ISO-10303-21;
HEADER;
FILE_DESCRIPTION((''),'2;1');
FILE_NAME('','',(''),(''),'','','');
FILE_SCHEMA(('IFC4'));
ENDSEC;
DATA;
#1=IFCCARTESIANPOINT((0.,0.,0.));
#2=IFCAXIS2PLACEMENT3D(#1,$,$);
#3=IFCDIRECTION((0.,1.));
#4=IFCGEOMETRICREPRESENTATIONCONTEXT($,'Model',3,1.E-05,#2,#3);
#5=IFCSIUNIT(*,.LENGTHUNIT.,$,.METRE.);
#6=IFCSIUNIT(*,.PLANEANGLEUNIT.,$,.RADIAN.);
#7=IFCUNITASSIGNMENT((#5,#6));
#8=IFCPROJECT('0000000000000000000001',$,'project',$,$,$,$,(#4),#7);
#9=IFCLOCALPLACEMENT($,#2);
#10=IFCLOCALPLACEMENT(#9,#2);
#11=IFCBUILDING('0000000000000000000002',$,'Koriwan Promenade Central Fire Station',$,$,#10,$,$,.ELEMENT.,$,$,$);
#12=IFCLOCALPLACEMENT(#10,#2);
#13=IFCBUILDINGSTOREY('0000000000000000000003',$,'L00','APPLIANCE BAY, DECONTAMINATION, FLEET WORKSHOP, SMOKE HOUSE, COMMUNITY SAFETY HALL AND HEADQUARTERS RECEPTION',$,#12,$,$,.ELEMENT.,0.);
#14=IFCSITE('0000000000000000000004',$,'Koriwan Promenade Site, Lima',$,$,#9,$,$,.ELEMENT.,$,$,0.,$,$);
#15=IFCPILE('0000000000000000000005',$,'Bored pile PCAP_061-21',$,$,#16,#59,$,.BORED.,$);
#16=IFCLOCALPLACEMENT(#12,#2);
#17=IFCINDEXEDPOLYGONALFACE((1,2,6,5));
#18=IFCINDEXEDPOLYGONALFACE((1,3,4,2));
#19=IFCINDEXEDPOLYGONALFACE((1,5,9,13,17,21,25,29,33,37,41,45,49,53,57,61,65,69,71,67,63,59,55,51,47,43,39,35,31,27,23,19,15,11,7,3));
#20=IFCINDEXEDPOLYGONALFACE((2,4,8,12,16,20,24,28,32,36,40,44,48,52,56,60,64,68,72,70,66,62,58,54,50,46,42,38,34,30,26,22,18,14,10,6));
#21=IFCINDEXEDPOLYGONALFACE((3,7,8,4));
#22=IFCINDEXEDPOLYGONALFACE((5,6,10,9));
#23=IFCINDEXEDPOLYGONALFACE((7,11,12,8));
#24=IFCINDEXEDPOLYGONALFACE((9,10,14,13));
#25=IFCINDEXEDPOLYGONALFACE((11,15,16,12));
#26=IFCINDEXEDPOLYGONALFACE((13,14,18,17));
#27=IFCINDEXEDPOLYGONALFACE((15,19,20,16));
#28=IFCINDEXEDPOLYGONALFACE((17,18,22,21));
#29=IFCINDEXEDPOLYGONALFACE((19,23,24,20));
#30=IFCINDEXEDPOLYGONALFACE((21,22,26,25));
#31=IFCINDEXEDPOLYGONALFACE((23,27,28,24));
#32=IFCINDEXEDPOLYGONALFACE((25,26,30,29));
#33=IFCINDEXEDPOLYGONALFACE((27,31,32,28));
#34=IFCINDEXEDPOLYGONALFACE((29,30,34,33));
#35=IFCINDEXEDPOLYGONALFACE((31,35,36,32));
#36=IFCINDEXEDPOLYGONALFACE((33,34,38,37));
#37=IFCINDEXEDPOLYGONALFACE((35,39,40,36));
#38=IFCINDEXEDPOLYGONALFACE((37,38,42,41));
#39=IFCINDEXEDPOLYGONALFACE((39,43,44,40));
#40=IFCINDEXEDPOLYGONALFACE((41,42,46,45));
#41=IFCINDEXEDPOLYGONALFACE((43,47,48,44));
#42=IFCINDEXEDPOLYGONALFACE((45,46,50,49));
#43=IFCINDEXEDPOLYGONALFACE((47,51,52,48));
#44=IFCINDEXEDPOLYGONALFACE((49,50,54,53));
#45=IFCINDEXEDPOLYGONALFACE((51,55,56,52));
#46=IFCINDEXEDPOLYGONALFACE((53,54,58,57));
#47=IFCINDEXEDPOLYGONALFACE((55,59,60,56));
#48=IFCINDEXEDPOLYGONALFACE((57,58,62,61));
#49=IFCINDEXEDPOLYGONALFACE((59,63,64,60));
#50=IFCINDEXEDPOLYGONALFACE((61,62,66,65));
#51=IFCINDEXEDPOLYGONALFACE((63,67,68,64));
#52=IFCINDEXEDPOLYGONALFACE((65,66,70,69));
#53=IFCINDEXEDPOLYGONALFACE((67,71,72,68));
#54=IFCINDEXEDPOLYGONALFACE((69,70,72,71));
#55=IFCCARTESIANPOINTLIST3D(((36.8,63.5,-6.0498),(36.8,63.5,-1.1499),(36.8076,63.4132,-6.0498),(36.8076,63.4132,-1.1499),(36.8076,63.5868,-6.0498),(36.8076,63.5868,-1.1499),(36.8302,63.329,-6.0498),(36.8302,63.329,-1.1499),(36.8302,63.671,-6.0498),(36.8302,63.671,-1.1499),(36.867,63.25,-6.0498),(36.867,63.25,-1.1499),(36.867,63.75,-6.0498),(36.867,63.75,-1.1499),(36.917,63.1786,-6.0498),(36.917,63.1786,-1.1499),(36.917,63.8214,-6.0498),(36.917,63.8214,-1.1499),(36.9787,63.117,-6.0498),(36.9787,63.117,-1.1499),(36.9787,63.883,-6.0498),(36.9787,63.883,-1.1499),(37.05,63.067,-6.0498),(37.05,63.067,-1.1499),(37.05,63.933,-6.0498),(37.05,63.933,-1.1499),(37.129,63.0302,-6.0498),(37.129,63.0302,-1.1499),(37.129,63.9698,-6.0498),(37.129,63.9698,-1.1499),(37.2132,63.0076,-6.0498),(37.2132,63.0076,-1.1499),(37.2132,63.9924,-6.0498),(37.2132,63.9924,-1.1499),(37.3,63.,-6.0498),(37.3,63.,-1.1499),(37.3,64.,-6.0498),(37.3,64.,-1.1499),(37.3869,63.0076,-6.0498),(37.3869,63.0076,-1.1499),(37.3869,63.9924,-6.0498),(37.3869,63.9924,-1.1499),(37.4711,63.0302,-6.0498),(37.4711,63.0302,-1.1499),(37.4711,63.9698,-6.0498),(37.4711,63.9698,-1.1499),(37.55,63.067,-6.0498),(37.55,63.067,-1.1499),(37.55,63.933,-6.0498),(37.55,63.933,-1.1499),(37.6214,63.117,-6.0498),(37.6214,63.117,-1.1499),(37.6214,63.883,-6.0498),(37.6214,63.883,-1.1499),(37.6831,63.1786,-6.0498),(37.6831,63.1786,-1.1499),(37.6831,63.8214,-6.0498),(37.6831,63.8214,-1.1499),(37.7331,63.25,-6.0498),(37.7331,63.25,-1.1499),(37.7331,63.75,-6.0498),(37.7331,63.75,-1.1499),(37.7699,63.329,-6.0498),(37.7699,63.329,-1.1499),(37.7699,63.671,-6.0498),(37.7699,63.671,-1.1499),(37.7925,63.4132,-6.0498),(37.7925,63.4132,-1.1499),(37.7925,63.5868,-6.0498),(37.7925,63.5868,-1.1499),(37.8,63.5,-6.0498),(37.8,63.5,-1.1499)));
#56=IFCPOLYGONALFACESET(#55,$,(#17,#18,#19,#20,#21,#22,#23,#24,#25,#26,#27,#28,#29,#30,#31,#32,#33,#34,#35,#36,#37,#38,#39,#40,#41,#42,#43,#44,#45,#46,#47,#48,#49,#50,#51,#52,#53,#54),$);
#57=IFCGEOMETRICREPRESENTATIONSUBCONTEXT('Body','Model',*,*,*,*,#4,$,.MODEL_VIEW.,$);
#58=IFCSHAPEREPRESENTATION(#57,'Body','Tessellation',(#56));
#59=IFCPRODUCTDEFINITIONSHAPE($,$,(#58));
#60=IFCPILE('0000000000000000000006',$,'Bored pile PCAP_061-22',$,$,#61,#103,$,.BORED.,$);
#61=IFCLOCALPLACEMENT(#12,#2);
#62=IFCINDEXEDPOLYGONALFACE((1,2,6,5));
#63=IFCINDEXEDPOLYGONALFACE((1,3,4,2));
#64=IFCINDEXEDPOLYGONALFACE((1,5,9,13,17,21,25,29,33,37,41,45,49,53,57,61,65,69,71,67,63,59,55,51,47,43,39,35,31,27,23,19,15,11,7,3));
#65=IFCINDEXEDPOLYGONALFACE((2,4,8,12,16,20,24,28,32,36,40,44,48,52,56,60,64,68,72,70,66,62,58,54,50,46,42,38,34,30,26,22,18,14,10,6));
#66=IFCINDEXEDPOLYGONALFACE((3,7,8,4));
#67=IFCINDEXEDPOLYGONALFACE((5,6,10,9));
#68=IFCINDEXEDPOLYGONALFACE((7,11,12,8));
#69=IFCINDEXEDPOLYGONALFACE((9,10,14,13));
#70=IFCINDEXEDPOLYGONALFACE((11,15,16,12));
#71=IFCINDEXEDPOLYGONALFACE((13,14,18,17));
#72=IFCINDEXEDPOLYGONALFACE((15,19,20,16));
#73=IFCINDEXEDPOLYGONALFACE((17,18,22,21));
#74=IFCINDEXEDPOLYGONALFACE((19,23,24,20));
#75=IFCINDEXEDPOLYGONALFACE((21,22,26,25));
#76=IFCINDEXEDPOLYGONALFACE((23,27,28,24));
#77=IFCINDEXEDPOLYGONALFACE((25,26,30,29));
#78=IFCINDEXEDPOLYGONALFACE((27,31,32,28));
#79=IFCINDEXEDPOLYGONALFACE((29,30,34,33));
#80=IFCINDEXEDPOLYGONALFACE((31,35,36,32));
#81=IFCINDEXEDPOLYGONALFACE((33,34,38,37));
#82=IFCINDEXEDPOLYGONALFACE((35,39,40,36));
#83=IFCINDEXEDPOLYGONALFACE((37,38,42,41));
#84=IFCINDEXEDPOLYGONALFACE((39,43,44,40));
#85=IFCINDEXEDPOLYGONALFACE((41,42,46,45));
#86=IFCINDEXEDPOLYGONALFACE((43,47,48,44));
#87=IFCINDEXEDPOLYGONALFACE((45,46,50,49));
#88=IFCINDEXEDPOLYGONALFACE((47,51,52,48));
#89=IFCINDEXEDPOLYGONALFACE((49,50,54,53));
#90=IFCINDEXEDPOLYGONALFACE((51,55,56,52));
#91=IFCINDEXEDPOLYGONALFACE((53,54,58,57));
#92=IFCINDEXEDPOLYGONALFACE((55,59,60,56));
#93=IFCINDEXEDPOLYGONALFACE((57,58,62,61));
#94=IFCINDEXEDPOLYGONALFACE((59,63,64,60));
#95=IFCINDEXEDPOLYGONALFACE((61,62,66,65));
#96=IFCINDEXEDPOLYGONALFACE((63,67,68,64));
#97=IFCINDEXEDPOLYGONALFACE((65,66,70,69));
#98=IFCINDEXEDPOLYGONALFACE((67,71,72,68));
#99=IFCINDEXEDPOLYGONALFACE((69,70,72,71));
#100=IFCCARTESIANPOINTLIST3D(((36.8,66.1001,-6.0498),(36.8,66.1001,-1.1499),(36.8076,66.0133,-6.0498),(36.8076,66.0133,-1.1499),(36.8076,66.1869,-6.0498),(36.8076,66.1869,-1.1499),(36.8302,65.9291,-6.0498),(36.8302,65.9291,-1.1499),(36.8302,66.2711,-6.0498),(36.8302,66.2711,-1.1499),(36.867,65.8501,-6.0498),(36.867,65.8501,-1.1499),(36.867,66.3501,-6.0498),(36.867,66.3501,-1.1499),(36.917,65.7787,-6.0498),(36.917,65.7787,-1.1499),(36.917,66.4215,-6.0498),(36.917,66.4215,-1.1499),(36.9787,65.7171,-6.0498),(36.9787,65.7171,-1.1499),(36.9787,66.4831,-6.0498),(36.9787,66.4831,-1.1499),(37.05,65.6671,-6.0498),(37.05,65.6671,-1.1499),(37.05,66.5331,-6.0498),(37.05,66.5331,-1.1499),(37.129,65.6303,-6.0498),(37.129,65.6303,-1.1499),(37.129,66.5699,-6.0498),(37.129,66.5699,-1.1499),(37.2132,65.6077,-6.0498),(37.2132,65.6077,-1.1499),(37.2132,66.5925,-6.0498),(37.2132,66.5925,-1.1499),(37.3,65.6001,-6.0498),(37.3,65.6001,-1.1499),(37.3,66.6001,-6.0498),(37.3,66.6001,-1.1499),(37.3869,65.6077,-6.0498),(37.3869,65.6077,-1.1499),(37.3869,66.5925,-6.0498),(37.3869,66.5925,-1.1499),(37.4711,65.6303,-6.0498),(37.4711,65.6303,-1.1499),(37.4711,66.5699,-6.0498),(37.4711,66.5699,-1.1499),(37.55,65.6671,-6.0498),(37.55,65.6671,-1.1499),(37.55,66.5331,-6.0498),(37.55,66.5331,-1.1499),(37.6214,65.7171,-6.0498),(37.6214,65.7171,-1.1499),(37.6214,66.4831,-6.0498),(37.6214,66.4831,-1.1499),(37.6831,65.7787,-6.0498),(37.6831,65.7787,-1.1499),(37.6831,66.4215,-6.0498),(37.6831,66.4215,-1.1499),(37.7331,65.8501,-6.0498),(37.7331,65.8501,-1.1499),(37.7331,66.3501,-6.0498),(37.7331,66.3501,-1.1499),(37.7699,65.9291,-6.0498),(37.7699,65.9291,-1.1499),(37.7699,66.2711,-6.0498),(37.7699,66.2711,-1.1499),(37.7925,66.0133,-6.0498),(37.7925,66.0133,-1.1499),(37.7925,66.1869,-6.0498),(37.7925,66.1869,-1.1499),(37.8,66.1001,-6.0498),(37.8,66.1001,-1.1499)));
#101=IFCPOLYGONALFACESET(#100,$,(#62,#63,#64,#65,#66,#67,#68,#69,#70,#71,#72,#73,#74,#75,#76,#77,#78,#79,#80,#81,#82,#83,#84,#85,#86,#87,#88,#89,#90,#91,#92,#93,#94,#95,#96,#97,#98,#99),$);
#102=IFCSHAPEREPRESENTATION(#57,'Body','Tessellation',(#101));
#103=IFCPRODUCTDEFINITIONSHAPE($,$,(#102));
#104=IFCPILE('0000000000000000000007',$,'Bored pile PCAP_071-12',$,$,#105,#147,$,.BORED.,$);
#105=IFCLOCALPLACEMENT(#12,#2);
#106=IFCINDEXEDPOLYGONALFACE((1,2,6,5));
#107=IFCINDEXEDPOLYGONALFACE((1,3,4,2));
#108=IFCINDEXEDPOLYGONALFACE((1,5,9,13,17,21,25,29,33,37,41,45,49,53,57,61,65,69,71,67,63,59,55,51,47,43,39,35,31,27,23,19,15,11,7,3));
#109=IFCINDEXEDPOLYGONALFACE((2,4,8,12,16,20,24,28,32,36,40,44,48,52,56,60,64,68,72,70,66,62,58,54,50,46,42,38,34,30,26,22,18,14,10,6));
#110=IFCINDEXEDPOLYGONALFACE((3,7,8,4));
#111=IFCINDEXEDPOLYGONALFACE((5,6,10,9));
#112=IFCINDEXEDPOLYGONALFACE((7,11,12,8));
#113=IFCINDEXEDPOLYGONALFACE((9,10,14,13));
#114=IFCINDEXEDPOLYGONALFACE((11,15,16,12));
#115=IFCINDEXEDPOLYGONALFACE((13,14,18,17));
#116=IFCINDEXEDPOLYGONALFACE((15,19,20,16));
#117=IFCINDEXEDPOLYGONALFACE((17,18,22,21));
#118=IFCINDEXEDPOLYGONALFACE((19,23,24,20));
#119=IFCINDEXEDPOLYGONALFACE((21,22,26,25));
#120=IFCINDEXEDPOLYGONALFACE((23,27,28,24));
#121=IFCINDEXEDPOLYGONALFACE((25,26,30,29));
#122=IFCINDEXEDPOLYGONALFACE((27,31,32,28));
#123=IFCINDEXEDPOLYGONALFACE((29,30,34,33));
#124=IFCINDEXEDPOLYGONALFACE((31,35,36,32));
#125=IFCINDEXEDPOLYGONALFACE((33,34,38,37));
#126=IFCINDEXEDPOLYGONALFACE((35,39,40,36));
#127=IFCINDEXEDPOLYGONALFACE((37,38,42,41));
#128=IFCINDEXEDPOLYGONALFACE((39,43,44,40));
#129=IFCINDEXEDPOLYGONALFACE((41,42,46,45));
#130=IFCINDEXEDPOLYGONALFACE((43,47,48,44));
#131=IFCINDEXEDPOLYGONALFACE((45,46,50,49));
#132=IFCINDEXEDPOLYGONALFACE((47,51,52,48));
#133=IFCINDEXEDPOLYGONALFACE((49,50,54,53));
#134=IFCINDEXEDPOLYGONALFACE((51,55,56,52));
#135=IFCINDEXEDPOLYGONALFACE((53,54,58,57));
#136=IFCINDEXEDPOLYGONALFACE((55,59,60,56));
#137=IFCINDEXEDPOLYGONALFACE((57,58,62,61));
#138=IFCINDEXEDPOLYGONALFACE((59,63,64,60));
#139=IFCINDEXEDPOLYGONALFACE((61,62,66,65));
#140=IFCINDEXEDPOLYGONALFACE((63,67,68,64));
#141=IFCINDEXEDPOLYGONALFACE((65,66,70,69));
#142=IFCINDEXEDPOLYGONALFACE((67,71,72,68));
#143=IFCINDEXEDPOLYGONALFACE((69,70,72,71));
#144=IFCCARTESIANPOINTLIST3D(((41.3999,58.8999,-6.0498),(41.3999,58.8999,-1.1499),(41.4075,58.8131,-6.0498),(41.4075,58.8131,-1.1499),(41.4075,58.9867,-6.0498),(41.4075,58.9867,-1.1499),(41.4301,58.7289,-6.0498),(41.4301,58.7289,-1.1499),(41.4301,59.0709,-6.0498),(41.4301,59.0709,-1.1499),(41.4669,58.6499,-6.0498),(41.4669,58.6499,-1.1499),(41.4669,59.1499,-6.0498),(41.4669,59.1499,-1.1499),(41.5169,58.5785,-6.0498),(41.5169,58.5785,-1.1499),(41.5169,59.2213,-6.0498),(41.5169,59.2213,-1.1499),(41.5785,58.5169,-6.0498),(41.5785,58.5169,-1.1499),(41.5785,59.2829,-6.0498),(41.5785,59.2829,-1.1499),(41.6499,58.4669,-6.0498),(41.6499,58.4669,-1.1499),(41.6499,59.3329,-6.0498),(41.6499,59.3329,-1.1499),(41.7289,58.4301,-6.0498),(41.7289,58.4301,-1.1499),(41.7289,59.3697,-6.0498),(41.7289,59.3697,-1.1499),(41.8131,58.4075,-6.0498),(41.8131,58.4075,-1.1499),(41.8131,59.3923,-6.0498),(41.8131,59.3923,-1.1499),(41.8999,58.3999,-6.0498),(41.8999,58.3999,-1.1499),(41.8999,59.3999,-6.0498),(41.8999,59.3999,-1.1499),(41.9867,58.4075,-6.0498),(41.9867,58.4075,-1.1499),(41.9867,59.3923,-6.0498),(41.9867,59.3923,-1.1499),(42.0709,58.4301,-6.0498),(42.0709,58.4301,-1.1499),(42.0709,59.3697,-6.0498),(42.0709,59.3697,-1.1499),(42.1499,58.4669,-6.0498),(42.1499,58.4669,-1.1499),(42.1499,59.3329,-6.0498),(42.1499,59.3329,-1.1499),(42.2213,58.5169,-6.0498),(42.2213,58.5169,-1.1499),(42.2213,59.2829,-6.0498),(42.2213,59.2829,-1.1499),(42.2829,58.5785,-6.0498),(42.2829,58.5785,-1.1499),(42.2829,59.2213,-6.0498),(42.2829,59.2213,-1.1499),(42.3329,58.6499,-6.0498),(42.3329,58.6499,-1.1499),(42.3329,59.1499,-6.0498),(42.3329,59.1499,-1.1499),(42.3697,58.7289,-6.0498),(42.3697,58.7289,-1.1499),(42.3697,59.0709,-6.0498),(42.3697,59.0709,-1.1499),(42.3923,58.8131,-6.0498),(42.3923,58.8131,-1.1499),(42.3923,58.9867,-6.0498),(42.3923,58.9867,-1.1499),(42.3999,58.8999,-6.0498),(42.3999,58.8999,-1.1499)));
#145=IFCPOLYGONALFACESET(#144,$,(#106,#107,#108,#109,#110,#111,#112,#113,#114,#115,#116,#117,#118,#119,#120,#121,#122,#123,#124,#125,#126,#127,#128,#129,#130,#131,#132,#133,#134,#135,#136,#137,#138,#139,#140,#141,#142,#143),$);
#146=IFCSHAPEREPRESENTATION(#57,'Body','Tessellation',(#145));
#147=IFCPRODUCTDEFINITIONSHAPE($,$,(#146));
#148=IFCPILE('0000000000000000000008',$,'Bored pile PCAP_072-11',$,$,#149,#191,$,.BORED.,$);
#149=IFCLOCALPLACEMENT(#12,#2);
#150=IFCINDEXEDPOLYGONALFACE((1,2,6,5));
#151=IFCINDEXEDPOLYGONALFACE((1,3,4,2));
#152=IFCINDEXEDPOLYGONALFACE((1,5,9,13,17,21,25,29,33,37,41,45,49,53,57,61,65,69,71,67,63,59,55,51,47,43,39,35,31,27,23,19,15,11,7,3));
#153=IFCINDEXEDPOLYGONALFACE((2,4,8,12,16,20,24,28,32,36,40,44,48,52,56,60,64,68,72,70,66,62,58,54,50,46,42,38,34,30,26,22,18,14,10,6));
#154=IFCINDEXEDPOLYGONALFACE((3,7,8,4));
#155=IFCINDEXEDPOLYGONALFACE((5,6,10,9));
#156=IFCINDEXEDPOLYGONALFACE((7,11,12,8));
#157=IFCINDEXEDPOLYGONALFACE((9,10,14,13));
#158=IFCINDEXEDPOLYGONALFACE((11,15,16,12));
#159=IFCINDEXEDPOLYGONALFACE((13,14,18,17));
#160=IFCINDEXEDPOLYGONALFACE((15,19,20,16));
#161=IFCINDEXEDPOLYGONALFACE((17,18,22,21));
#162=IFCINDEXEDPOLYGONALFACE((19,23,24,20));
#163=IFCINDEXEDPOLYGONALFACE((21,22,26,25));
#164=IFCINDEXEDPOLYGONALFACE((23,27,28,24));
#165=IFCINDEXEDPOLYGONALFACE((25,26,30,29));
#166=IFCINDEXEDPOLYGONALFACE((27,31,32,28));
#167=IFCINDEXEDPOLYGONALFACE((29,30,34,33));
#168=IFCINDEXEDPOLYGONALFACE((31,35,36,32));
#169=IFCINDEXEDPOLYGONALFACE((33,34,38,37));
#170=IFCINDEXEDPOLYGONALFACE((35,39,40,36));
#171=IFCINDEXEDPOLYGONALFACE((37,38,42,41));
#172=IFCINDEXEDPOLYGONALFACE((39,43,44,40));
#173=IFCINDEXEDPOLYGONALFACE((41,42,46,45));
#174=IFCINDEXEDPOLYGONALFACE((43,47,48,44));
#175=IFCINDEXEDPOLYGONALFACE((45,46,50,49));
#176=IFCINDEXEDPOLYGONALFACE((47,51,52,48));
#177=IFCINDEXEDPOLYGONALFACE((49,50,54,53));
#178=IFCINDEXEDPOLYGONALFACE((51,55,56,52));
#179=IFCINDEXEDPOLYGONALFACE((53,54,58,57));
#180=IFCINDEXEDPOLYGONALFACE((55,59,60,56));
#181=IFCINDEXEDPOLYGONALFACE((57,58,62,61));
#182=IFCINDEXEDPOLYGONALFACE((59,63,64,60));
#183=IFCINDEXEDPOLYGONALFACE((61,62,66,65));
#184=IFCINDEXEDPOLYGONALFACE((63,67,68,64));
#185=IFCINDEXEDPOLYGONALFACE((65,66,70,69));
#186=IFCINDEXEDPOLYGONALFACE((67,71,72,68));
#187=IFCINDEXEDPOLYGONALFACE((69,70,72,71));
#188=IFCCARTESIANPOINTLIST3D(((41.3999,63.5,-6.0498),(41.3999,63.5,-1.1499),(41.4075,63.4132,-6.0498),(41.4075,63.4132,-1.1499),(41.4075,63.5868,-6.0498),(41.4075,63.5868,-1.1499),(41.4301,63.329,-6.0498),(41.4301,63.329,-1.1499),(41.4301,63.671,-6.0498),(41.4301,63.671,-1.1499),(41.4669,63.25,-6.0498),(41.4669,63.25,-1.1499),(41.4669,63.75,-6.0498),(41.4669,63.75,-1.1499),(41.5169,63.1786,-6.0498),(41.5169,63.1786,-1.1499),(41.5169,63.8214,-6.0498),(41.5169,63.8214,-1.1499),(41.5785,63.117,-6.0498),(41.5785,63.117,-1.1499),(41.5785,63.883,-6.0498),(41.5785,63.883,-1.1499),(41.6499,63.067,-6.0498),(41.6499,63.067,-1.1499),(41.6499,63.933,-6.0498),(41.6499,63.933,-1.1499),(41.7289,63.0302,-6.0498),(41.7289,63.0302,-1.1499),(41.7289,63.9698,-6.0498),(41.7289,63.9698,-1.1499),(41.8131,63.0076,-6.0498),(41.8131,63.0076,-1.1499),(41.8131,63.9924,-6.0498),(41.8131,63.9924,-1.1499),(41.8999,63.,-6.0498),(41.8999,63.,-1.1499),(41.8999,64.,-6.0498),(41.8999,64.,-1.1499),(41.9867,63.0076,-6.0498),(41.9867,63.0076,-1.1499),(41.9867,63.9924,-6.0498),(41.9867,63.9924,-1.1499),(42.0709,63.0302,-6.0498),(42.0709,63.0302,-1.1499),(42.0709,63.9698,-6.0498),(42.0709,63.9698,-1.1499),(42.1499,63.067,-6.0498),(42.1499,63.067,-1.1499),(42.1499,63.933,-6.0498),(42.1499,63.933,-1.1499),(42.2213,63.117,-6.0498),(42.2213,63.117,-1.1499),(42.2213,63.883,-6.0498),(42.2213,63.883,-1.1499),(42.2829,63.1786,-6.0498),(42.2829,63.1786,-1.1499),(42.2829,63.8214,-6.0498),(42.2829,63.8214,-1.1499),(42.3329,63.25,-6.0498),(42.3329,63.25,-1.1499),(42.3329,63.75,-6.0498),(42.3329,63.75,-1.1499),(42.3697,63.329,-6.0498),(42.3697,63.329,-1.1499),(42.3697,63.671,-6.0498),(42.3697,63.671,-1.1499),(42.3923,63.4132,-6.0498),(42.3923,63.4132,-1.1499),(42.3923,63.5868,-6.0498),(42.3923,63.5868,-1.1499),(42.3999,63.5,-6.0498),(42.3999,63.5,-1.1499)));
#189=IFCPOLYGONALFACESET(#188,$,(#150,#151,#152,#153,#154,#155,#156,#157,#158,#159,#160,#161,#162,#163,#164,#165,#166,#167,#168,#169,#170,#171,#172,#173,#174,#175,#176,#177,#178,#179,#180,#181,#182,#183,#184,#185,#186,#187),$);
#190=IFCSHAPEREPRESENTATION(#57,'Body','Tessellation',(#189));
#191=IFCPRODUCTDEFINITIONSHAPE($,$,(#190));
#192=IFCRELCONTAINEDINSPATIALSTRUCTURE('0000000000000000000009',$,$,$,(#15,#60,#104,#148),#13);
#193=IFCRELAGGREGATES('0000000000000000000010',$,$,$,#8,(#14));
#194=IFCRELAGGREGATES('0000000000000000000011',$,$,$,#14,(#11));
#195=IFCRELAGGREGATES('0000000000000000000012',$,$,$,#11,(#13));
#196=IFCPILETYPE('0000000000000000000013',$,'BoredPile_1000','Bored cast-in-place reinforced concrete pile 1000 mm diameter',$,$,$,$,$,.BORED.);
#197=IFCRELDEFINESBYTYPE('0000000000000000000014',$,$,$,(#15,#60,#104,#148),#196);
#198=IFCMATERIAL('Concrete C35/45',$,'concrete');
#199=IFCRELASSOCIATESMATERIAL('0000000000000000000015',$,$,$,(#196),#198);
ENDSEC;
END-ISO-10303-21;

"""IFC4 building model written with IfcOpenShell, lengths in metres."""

from ifc_helpers import new_model, si_unit, direction, frame, origin, origin_2d, place, context, subcontext, project, spatial, circle, extrude, material, material_profile, profile_set, type_object, element, save


model = new_model("IFC4")

# Units and contexts
model_context = context("Model", 3, precision=1e-05, world=origin(), true_north=direction((0.0, 1.0)))
body_context = subcontext(model_context, "Body", "Model", "MODEL_VIEW")
ifc_project = project(units=[si_unit("LENGTHUNIT", "METRE"), si_unit("PLANEANGLEUNIT", "RADIAN")], contexts=[model_context])

# Site, building, storey
site_placement = place(None, origin())
site = spatial("IfcSite", under=ifc_project, at=site_placement, Name="Koriwan Promenade Site, Lima", CompositionType="ELEMENT", RefElevation=0.0)
building_placement = place(site_placement, origin())
building = spatial("IfcBuilding", under=site, at=building_placement, Name="Koriwan Promenade Central Fire Station", CompositionType="ELEMENT")
storey_placement = place(building_placement, origin())
storey = spatial("IfcBuildingStorey", under=building, at=storey_placement, Name="L00", Description="APPLIANCE BAY, DECONTAMINATION, FLEET WORKSHOP, SMOKE HOUSE, COMMUNITY SAFETY HALL AND HEADQUARTERS RECEPTION", CompositionType="ELEMENT", Elevation=0.0)

# Piles
ifc_material_1 = material(Name="Concrete C35/45", Category="concrete")
ifc_material_profile_1 = material_profile(ifc_material_1, circle(Radius=0.5, at=origin_2d()), Name="PILE-D1000")
ifc_profile_set_1 = profile_set([ifc_material_profile_1], Name="Concrete C35/45")
pile_type = type_object("IfcPileType", Name="BoredPile_1000", Description="Bored cast-in-place reinforced concrete pile 1000 mm diameter", PredefinedType="BORED", material=ifc_profile_set_1)
for number, where, z_axis, x_axis, name in (
    (1, (37.3, 63.5, -1.1499), (0.0, 0.0, -1.0), (1.0, 0.0, 0.0), "Bored pile PCAP_061-21"),
    (2, (37.3, 66.1001, -1.1499), (0.0, 0.0, -1.0), (1.0, 0.0, 0.0), "Bored pile PCAP_061-22"),
    (3, (41.8999, 58.8999, -1.1499), (0.0, 0.0, -1.0), (1.0, 0.0, 0.0), "Bored pile PCAP_071-12"),
    (4, (41.8999, 63.5, -1.1499), (0.0, 0.0, -1.0), (1.0, 0.0, 0.0), "Bored pile PCAP_072-11"),
):
    element("IfcPile", number, at=place(storey_placement, frame(where, z_axis=z_axis, x_axis=x_axis)), inside=storey, type_object=pile_type, Name=name, PredefinedType="BORED", context=body_context, shape_type="SweptSolid", body=[
        extrude(circle(Radius=0.5, at=origin_2d()), origin(), (0.0, 0.0, 1.0), 4.8999),
    ])

save(model, "model.ifc")
